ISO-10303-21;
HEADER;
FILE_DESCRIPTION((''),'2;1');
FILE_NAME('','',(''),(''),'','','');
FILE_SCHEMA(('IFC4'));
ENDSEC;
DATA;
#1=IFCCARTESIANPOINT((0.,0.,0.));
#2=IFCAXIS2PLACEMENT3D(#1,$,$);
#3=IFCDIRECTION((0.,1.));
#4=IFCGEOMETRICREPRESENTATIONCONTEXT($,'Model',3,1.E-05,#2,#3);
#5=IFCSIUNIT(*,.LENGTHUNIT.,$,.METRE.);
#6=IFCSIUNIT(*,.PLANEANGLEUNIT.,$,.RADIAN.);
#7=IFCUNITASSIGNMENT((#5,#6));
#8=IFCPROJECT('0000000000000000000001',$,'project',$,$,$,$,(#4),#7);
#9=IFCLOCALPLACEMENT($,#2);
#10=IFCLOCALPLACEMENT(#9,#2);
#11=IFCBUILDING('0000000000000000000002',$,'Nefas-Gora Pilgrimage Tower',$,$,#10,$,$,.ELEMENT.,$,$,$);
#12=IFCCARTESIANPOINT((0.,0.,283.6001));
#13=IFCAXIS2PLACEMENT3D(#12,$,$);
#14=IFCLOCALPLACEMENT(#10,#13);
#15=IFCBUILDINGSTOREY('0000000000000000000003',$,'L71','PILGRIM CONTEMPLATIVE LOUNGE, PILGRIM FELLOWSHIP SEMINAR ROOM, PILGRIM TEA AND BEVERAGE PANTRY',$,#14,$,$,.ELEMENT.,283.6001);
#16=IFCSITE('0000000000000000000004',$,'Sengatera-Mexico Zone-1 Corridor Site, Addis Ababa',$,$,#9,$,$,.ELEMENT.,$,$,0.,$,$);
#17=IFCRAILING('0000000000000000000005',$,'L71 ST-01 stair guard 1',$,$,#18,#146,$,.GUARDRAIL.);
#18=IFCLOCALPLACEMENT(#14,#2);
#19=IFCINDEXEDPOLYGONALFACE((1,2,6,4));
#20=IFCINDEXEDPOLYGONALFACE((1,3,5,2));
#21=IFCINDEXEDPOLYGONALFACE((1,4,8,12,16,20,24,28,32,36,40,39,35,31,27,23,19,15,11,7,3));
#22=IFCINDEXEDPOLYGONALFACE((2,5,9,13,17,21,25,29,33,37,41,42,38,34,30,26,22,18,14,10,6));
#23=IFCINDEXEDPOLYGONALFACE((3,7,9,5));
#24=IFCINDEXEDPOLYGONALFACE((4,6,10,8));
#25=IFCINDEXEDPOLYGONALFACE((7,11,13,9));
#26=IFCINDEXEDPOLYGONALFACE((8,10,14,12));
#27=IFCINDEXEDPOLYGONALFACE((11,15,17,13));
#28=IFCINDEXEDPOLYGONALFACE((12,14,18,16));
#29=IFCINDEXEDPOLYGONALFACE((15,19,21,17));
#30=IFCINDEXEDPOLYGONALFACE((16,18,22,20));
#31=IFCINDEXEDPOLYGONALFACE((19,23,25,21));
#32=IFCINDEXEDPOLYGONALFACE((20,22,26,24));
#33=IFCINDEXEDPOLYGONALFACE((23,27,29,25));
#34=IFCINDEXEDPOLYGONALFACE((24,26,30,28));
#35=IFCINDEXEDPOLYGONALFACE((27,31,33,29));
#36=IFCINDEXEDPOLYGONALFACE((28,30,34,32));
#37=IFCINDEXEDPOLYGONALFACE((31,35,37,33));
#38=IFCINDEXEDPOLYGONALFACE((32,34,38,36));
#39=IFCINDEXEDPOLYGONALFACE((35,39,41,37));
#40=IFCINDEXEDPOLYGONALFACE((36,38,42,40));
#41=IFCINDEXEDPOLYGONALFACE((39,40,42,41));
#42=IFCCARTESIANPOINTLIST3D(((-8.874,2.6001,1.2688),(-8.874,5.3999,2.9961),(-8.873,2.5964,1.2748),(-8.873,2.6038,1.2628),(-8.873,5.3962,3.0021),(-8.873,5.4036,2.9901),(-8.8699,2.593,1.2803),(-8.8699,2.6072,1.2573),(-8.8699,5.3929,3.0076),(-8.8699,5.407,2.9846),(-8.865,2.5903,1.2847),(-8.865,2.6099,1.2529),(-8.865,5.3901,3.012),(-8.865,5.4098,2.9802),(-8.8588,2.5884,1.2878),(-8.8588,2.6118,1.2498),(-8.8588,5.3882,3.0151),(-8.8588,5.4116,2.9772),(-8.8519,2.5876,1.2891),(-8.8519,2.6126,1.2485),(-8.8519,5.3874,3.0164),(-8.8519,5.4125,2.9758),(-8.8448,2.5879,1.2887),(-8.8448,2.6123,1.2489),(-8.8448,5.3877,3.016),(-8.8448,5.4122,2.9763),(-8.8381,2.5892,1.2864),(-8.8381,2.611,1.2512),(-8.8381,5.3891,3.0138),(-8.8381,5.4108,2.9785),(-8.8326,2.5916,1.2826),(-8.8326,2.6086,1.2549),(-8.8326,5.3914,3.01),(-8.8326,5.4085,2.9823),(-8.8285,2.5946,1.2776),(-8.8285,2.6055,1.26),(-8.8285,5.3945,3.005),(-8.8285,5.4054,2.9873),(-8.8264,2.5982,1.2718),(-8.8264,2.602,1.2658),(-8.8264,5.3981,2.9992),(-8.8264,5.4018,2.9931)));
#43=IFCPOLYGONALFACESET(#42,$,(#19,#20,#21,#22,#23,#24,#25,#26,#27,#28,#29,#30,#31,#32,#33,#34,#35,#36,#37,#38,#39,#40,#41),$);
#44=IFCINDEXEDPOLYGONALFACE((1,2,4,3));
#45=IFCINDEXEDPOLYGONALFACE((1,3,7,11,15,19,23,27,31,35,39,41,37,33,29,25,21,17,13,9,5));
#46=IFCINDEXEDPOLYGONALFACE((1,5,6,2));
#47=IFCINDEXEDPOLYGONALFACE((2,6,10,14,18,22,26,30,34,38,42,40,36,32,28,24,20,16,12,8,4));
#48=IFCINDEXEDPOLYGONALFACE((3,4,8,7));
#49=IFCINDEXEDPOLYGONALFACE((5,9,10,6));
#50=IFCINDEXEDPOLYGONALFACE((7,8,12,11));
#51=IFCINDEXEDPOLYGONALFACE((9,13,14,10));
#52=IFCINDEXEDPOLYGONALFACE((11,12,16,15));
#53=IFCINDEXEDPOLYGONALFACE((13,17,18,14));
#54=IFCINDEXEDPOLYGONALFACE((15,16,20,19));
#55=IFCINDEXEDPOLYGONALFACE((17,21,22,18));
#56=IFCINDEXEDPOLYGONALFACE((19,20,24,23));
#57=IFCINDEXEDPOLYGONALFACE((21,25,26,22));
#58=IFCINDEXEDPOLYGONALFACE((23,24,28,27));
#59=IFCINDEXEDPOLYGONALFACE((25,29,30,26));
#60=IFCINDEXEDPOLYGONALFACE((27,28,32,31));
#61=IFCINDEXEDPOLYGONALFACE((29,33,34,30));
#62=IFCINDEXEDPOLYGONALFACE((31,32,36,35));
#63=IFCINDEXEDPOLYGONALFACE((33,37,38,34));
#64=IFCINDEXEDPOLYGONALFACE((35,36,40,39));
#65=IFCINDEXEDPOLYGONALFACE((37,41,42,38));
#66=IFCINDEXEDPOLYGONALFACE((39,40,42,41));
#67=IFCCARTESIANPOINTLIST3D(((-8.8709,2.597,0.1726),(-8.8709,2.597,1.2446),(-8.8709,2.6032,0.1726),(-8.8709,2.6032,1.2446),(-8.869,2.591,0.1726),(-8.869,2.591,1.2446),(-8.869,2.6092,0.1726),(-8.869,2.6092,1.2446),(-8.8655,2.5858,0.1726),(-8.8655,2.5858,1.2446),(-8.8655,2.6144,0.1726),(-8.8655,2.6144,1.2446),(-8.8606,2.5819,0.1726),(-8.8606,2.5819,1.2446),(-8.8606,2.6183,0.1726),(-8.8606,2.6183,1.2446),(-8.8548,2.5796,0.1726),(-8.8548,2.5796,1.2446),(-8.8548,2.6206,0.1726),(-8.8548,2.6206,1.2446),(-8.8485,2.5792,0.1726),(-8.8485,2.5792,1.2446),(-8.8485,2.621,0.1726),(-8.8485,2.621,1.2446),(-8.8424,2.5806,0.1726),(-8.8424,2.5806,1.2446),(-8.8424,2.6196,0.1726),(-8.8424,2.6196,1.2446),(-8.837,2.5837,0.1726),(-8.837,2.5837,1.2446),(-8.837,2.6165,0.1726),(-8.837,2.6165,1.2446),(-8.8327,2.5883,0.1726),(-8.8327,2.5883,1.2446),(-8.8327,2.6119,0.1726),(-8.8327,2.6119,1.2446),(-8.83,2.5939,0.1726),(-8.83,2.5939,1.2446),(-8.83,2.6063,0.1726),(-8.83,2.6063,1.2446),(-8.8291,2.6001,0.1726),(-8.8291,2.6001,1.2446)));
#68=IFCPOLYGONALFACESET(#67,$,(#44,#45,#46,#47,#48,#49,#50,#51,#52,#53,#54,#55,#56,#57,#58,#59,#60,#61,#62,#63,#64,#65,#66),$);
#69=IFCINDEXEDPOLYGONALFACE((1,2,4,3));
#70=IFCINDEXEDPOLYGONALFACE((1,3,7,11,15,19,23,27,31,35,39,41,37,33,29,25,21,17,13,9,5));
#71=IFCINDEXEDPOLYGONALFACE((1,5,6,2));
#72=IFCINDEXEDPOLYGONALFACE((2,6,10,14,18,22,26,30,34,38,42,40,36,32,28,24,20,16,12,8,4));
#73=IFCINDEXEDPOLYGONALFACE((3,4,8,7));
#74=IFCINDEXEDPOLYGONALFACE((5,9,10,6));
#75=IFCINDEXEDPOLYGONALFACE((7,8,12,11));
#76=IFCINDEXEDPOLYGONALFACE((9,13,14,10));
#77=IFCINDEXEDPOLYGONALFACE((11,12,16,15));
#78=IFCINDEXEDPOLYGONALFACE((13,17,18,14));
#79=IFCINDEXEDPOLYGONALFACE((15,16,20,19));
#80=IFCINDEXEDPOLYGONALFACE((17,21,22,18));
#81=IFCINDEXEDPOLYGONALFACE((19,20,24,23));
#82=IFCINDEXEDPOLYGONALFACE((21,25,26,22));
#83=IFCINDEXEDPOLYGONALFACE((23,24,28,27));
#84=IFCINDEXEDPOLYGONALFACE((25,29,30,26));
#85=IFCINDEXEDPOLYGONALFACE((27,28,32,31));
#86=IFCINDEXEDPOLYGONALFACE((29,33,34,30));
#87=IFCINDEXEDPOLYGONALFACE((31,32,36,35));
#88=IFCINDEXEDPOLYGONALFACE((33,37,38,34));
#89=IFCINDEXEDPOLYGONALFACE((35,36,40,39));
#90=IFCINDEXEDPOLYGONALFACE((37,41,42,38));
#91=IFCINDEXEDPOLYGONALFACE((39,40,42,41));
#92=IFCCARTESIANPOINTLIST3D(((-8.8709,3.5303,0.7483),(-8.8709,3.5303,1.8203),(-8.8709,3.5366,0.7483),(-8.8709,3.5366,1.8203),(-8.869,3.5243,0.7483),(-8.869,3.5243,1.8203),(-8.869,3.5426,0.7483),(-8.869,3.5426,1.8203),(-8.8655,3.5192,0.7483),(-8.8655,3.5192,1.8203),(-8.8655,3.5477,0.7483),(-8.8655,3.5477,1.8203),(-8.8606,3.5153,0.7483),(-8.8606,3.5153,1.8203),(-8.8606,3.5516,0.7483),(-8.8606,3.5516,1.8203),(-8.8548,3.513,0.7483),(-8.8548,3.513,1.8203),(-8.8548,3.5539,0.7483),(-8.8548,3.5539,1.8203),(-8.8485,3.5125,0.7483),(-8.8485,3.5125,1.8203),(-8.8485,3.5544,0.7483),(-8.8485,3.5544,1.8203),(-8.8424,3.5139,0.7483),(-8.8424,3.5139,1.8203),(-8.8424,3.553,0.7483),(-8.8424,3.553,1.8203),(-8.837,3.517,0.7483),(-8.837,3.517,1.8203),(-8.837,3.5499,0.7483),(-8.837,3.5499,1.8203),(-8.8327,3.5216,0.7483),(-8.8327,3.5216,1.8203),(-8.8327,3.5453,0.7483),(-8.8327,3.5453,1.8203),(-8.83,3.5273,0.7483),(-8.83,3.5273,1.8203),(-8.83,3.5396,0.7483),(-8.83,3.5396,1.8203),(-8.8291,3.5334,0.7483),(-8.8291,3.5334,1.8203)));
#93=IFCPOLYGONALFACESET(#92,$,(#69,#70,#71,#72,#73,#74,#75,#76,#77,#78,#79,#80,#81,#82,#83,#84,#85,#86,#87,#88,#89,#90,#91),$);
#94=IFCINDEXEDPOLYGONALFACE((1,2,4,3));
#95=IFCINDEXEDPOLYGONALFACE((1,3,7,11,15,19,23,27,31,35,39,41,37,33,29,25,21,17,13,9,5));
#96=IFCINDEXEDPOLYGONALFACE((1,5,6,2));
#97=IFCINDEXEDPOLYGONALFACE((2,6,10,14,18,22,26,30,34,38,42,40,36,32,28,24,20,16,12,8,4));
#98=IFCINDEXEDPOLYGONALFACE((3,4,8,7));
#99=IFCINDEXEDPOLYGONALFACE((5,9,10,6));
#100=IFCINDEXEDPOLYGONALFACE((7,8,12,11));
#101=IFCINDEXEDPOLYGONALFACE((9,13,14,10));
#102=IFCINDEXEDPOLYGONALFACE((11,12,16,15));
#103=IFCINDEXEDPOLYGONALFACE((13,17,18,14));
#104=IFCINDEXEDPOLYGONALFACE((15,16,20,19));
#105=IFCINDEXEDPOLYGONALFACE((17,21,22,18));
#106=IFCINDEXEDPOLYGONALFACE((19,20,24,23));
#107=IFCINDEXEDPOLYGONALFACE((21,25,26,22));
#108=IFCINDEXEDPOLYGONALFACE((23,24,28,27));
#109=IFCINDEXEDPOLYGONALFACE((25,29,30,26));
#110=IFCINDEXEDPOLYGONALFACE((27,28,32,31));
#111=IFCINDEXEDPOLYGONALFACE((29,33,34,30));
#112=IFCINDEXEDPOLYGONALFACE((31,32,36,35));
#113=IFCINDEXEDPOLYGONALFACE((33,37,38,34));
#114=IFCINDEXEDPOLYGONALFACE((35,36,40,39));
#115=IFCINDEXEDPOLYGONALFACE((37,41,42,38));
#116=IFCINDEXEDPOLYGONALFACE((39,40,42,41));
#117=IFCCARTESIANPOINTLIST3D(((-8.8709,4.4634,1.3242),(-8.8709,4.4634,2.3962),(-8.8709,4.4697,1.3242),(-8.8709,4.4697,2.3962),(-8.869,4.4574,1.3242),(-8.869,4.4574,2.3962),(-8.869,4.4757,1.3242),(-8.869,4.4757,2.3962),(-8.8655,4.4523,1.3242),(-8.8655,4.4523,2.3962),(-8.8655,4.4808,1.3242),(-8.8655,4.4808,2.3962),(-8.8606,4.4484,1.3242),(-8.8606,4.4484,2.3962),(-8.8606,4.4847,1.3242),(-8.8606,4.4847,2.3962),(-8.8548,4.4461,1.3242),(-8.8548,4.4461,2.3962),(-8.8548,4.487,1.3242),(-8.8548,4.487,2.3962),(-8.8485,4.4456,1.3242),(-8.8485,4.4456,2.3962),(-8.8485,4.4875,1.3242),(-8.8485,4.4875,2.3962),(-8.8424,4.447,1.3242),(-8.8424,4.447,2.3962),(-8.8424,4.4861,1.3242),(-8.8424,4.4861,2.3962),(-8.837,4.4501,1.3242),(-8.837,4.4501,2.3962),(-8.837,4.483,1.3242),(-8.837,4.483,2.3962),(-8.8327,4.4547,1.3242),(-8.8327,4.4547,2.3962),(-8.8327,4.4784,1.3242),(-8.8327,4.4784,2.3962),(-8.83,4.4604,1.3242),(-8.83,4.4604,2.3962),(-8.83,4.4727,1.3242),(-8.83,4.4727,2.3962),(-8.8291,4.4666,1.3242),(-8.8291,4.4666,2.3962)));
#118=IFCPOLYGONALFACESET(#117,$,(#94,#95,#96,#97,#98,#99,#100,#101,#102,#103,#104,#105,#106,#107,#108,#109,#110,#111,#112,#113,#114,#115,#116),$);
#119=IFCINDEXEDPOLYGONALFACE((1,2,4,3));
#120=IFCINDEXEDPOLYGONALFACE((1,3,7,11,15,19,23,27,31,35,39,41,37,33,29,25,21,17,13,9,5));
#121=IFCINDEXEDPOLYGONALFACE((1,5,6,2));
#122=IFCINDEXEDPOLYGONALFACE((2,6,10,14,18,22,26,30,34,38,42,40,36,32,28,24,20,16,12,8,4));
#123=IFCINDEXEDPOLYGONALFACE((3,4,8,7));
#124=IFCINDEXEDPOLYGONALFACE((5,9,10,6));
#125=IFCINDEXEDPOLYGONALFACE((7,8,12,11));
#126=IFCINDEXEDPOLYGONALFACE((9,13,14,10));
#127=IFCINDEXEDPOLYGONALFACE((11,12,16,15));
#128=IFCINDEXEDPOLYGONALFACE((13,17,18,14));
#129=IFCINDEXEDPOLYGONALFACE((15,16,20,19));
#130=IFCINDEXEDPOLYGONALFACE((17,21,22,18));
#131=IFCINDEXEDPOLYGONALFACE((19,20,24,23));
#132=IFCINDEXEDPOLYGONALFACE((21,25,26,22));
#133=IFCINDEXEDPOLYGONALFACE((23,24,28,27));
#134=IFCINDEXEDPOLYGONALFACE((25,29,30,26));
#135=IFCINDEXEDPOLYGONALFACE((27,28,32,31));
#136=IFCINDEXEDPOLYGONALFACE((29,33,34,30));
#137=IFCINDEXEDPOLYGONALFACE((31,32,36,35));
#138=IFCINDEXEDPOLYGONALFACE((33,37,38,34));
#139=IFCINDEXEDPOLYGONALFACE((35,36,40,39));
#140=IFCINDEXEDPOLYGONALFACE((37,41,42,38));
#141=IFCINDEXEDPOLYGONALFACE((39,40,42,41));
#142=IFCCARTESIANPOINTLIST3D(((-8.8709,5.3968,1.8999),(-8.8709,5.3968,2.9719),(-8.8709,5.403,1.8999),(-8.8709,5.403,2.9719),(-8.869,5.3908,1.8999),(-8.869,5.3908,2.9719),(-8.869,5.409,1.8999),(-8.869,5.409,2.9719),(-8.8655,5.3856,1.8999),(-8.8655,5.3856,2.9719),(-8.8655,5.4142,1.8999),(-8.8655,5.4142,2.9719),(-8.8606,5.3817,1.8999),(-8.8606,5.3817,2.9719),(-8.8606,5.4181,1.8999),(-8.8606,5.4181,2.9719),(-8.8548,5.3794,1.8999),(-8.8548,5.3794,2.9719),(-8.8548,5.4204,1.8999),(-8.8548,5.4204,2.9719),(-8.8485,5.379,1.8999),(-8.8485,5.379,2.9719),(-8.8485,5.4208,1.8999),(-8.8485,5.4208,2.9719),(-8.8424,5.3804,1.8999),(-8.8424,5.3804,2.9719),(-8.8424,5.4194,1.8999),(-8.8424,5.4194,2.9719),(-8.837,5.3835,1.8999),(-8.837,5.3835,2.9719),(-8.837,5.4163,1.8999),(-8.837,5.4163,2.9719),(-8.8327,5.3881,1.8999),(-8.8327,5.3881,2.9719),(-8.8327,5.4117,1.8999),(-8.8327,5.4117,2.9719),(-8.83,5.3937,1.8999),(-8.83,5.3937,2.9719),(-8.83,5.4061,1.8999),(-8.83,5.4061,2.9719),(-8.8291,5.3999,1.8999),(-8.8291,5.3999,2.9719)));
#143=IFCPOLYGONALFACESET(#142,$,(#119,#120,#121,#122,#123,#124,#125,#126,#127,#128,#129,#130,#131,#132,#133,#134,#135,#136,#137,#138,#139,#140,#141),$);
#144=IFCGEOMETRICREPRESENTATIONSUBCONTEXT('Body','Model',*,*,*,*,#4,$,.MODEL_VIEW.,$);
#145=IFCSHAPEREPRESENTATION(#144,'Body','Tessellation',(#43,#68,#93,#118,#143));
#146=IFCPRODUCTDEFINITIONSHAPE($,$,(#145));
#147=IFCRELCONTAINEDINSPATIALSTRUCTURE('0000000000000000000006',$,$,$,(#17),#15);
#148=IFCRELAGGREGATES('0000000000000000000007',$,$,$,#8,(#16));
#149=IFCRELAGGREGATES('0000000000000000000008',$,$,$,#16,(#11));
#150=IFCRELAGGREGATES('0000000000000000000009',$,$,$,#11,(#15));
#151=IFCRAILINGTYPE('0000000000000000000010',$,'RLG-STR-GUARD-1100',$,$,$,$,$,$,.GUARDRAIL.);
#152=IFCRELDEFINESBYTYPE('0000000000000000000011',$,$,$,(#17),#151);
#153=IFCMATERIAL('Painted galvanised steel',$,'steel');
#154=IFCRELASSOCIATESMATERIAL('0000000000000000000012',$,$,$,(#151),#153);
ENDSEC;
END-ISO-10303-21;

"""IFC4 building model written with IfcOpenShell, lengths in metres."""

from ifc_helpers import new_model, si_unit, direction, frame, origin, origin_2d, place, context, subcontext, project, spatial, circle, extrude, material, type_object, element, save


model = new_model("IFC4")

# Units and contexts
model_context = context("Model", 3, precision=1e-05, world=origin(), true_north=direction((0.0, 1.0)))
body_context = subcontext(model_context, "Body", "Model", "MODEL_VIEW")
ifc_project = project(units=[si_unit("LENGTHUNIT", "METRE"), si_unit("PLANEANGLEUNIT", "RADIAN")], contexts=[model_context])

# Site, building, storey
site_placement = place(None, origin())
site = spatial("IfcSite", under=ifc_project, at=site_placement, Name="Sengatera-Mexico Zone-1 Corridor Site, Addis Ababa", CompositionType="ELEMENT", RefElevation=0.0)
building_placement = place(site_placement, origin())
building = spatial("IfcBuilding", under=site, at=building_placement, Name="Nefas-Gora Pilgrimage Tower", CompositionType="ELEMENT")
storey_placement = place(building_placement, frame((0.0, 0.0, 283.6001)))
storey = spatial("IfcBuildingStorey", under=building, at=storey_placement, Name="L71", Description="PILGRIM CONTEMPLATIVE LOUNGE, PILGRIM FELLOWSHIP SEMINAR ROOM, PILGRIM TEA AND BEVERAGE PANTRY", CompositionType="ELEMENT", Elevation=283.6001)

# Railing
ifc_material_1 = material(Name="Painted galvanised steel", Category="steel")
railing_type_1 = type_object("IfcRailingType", Name="RLG-STR-GUARD-1100", PredefinedType="GUARDRAIL", material=ifc_material_1)
railing_1_placement = place(storey_placement, frame((-8.8501, 2.6001, 0.1726)))
element("IfcRailing", 1, at=railing_1_placement, inside=storey, type_object=railing_type_1, Name="L71 ST-01 stair guard 1", PredefinedType="GUARDRAIL", context=body_context, shape_type="SweptSolid", body=[
    extrude(circle(Radius=0.0239, at=origin_2d()), frame((0.0, 0.0, 1.0962), z_axis=(0.0, 0.851069, 0.525054), x_axis=(-1.0, 0.0, 0.0)), (0.0, 0.0, 1.0), 3.2898),
    extrude(circle(Radius=0.021, at=origin_2d()), origin(), (0.0, 0.0, 1.0), 1.072),
    extrude(circle(Radius=0.021, at=origin_2d()), frame((0.0, 0.9333, 0.5757)), (0.0, 0.0, 1.0), 1.072),
    extrude(circle(Radius=0.021, at=origin_2d()), frame((0.0, 1.8665, 1.1516)), (0.0, 0.0, 1.0), 1.072),
    extrude(circle(Radius=0.021, at=origin_2d()), frame((0.0, 2.7998, 1.7273)), (0.0, 0.0, 1.0), 1.072),
])

save(model, "model.ifc")
